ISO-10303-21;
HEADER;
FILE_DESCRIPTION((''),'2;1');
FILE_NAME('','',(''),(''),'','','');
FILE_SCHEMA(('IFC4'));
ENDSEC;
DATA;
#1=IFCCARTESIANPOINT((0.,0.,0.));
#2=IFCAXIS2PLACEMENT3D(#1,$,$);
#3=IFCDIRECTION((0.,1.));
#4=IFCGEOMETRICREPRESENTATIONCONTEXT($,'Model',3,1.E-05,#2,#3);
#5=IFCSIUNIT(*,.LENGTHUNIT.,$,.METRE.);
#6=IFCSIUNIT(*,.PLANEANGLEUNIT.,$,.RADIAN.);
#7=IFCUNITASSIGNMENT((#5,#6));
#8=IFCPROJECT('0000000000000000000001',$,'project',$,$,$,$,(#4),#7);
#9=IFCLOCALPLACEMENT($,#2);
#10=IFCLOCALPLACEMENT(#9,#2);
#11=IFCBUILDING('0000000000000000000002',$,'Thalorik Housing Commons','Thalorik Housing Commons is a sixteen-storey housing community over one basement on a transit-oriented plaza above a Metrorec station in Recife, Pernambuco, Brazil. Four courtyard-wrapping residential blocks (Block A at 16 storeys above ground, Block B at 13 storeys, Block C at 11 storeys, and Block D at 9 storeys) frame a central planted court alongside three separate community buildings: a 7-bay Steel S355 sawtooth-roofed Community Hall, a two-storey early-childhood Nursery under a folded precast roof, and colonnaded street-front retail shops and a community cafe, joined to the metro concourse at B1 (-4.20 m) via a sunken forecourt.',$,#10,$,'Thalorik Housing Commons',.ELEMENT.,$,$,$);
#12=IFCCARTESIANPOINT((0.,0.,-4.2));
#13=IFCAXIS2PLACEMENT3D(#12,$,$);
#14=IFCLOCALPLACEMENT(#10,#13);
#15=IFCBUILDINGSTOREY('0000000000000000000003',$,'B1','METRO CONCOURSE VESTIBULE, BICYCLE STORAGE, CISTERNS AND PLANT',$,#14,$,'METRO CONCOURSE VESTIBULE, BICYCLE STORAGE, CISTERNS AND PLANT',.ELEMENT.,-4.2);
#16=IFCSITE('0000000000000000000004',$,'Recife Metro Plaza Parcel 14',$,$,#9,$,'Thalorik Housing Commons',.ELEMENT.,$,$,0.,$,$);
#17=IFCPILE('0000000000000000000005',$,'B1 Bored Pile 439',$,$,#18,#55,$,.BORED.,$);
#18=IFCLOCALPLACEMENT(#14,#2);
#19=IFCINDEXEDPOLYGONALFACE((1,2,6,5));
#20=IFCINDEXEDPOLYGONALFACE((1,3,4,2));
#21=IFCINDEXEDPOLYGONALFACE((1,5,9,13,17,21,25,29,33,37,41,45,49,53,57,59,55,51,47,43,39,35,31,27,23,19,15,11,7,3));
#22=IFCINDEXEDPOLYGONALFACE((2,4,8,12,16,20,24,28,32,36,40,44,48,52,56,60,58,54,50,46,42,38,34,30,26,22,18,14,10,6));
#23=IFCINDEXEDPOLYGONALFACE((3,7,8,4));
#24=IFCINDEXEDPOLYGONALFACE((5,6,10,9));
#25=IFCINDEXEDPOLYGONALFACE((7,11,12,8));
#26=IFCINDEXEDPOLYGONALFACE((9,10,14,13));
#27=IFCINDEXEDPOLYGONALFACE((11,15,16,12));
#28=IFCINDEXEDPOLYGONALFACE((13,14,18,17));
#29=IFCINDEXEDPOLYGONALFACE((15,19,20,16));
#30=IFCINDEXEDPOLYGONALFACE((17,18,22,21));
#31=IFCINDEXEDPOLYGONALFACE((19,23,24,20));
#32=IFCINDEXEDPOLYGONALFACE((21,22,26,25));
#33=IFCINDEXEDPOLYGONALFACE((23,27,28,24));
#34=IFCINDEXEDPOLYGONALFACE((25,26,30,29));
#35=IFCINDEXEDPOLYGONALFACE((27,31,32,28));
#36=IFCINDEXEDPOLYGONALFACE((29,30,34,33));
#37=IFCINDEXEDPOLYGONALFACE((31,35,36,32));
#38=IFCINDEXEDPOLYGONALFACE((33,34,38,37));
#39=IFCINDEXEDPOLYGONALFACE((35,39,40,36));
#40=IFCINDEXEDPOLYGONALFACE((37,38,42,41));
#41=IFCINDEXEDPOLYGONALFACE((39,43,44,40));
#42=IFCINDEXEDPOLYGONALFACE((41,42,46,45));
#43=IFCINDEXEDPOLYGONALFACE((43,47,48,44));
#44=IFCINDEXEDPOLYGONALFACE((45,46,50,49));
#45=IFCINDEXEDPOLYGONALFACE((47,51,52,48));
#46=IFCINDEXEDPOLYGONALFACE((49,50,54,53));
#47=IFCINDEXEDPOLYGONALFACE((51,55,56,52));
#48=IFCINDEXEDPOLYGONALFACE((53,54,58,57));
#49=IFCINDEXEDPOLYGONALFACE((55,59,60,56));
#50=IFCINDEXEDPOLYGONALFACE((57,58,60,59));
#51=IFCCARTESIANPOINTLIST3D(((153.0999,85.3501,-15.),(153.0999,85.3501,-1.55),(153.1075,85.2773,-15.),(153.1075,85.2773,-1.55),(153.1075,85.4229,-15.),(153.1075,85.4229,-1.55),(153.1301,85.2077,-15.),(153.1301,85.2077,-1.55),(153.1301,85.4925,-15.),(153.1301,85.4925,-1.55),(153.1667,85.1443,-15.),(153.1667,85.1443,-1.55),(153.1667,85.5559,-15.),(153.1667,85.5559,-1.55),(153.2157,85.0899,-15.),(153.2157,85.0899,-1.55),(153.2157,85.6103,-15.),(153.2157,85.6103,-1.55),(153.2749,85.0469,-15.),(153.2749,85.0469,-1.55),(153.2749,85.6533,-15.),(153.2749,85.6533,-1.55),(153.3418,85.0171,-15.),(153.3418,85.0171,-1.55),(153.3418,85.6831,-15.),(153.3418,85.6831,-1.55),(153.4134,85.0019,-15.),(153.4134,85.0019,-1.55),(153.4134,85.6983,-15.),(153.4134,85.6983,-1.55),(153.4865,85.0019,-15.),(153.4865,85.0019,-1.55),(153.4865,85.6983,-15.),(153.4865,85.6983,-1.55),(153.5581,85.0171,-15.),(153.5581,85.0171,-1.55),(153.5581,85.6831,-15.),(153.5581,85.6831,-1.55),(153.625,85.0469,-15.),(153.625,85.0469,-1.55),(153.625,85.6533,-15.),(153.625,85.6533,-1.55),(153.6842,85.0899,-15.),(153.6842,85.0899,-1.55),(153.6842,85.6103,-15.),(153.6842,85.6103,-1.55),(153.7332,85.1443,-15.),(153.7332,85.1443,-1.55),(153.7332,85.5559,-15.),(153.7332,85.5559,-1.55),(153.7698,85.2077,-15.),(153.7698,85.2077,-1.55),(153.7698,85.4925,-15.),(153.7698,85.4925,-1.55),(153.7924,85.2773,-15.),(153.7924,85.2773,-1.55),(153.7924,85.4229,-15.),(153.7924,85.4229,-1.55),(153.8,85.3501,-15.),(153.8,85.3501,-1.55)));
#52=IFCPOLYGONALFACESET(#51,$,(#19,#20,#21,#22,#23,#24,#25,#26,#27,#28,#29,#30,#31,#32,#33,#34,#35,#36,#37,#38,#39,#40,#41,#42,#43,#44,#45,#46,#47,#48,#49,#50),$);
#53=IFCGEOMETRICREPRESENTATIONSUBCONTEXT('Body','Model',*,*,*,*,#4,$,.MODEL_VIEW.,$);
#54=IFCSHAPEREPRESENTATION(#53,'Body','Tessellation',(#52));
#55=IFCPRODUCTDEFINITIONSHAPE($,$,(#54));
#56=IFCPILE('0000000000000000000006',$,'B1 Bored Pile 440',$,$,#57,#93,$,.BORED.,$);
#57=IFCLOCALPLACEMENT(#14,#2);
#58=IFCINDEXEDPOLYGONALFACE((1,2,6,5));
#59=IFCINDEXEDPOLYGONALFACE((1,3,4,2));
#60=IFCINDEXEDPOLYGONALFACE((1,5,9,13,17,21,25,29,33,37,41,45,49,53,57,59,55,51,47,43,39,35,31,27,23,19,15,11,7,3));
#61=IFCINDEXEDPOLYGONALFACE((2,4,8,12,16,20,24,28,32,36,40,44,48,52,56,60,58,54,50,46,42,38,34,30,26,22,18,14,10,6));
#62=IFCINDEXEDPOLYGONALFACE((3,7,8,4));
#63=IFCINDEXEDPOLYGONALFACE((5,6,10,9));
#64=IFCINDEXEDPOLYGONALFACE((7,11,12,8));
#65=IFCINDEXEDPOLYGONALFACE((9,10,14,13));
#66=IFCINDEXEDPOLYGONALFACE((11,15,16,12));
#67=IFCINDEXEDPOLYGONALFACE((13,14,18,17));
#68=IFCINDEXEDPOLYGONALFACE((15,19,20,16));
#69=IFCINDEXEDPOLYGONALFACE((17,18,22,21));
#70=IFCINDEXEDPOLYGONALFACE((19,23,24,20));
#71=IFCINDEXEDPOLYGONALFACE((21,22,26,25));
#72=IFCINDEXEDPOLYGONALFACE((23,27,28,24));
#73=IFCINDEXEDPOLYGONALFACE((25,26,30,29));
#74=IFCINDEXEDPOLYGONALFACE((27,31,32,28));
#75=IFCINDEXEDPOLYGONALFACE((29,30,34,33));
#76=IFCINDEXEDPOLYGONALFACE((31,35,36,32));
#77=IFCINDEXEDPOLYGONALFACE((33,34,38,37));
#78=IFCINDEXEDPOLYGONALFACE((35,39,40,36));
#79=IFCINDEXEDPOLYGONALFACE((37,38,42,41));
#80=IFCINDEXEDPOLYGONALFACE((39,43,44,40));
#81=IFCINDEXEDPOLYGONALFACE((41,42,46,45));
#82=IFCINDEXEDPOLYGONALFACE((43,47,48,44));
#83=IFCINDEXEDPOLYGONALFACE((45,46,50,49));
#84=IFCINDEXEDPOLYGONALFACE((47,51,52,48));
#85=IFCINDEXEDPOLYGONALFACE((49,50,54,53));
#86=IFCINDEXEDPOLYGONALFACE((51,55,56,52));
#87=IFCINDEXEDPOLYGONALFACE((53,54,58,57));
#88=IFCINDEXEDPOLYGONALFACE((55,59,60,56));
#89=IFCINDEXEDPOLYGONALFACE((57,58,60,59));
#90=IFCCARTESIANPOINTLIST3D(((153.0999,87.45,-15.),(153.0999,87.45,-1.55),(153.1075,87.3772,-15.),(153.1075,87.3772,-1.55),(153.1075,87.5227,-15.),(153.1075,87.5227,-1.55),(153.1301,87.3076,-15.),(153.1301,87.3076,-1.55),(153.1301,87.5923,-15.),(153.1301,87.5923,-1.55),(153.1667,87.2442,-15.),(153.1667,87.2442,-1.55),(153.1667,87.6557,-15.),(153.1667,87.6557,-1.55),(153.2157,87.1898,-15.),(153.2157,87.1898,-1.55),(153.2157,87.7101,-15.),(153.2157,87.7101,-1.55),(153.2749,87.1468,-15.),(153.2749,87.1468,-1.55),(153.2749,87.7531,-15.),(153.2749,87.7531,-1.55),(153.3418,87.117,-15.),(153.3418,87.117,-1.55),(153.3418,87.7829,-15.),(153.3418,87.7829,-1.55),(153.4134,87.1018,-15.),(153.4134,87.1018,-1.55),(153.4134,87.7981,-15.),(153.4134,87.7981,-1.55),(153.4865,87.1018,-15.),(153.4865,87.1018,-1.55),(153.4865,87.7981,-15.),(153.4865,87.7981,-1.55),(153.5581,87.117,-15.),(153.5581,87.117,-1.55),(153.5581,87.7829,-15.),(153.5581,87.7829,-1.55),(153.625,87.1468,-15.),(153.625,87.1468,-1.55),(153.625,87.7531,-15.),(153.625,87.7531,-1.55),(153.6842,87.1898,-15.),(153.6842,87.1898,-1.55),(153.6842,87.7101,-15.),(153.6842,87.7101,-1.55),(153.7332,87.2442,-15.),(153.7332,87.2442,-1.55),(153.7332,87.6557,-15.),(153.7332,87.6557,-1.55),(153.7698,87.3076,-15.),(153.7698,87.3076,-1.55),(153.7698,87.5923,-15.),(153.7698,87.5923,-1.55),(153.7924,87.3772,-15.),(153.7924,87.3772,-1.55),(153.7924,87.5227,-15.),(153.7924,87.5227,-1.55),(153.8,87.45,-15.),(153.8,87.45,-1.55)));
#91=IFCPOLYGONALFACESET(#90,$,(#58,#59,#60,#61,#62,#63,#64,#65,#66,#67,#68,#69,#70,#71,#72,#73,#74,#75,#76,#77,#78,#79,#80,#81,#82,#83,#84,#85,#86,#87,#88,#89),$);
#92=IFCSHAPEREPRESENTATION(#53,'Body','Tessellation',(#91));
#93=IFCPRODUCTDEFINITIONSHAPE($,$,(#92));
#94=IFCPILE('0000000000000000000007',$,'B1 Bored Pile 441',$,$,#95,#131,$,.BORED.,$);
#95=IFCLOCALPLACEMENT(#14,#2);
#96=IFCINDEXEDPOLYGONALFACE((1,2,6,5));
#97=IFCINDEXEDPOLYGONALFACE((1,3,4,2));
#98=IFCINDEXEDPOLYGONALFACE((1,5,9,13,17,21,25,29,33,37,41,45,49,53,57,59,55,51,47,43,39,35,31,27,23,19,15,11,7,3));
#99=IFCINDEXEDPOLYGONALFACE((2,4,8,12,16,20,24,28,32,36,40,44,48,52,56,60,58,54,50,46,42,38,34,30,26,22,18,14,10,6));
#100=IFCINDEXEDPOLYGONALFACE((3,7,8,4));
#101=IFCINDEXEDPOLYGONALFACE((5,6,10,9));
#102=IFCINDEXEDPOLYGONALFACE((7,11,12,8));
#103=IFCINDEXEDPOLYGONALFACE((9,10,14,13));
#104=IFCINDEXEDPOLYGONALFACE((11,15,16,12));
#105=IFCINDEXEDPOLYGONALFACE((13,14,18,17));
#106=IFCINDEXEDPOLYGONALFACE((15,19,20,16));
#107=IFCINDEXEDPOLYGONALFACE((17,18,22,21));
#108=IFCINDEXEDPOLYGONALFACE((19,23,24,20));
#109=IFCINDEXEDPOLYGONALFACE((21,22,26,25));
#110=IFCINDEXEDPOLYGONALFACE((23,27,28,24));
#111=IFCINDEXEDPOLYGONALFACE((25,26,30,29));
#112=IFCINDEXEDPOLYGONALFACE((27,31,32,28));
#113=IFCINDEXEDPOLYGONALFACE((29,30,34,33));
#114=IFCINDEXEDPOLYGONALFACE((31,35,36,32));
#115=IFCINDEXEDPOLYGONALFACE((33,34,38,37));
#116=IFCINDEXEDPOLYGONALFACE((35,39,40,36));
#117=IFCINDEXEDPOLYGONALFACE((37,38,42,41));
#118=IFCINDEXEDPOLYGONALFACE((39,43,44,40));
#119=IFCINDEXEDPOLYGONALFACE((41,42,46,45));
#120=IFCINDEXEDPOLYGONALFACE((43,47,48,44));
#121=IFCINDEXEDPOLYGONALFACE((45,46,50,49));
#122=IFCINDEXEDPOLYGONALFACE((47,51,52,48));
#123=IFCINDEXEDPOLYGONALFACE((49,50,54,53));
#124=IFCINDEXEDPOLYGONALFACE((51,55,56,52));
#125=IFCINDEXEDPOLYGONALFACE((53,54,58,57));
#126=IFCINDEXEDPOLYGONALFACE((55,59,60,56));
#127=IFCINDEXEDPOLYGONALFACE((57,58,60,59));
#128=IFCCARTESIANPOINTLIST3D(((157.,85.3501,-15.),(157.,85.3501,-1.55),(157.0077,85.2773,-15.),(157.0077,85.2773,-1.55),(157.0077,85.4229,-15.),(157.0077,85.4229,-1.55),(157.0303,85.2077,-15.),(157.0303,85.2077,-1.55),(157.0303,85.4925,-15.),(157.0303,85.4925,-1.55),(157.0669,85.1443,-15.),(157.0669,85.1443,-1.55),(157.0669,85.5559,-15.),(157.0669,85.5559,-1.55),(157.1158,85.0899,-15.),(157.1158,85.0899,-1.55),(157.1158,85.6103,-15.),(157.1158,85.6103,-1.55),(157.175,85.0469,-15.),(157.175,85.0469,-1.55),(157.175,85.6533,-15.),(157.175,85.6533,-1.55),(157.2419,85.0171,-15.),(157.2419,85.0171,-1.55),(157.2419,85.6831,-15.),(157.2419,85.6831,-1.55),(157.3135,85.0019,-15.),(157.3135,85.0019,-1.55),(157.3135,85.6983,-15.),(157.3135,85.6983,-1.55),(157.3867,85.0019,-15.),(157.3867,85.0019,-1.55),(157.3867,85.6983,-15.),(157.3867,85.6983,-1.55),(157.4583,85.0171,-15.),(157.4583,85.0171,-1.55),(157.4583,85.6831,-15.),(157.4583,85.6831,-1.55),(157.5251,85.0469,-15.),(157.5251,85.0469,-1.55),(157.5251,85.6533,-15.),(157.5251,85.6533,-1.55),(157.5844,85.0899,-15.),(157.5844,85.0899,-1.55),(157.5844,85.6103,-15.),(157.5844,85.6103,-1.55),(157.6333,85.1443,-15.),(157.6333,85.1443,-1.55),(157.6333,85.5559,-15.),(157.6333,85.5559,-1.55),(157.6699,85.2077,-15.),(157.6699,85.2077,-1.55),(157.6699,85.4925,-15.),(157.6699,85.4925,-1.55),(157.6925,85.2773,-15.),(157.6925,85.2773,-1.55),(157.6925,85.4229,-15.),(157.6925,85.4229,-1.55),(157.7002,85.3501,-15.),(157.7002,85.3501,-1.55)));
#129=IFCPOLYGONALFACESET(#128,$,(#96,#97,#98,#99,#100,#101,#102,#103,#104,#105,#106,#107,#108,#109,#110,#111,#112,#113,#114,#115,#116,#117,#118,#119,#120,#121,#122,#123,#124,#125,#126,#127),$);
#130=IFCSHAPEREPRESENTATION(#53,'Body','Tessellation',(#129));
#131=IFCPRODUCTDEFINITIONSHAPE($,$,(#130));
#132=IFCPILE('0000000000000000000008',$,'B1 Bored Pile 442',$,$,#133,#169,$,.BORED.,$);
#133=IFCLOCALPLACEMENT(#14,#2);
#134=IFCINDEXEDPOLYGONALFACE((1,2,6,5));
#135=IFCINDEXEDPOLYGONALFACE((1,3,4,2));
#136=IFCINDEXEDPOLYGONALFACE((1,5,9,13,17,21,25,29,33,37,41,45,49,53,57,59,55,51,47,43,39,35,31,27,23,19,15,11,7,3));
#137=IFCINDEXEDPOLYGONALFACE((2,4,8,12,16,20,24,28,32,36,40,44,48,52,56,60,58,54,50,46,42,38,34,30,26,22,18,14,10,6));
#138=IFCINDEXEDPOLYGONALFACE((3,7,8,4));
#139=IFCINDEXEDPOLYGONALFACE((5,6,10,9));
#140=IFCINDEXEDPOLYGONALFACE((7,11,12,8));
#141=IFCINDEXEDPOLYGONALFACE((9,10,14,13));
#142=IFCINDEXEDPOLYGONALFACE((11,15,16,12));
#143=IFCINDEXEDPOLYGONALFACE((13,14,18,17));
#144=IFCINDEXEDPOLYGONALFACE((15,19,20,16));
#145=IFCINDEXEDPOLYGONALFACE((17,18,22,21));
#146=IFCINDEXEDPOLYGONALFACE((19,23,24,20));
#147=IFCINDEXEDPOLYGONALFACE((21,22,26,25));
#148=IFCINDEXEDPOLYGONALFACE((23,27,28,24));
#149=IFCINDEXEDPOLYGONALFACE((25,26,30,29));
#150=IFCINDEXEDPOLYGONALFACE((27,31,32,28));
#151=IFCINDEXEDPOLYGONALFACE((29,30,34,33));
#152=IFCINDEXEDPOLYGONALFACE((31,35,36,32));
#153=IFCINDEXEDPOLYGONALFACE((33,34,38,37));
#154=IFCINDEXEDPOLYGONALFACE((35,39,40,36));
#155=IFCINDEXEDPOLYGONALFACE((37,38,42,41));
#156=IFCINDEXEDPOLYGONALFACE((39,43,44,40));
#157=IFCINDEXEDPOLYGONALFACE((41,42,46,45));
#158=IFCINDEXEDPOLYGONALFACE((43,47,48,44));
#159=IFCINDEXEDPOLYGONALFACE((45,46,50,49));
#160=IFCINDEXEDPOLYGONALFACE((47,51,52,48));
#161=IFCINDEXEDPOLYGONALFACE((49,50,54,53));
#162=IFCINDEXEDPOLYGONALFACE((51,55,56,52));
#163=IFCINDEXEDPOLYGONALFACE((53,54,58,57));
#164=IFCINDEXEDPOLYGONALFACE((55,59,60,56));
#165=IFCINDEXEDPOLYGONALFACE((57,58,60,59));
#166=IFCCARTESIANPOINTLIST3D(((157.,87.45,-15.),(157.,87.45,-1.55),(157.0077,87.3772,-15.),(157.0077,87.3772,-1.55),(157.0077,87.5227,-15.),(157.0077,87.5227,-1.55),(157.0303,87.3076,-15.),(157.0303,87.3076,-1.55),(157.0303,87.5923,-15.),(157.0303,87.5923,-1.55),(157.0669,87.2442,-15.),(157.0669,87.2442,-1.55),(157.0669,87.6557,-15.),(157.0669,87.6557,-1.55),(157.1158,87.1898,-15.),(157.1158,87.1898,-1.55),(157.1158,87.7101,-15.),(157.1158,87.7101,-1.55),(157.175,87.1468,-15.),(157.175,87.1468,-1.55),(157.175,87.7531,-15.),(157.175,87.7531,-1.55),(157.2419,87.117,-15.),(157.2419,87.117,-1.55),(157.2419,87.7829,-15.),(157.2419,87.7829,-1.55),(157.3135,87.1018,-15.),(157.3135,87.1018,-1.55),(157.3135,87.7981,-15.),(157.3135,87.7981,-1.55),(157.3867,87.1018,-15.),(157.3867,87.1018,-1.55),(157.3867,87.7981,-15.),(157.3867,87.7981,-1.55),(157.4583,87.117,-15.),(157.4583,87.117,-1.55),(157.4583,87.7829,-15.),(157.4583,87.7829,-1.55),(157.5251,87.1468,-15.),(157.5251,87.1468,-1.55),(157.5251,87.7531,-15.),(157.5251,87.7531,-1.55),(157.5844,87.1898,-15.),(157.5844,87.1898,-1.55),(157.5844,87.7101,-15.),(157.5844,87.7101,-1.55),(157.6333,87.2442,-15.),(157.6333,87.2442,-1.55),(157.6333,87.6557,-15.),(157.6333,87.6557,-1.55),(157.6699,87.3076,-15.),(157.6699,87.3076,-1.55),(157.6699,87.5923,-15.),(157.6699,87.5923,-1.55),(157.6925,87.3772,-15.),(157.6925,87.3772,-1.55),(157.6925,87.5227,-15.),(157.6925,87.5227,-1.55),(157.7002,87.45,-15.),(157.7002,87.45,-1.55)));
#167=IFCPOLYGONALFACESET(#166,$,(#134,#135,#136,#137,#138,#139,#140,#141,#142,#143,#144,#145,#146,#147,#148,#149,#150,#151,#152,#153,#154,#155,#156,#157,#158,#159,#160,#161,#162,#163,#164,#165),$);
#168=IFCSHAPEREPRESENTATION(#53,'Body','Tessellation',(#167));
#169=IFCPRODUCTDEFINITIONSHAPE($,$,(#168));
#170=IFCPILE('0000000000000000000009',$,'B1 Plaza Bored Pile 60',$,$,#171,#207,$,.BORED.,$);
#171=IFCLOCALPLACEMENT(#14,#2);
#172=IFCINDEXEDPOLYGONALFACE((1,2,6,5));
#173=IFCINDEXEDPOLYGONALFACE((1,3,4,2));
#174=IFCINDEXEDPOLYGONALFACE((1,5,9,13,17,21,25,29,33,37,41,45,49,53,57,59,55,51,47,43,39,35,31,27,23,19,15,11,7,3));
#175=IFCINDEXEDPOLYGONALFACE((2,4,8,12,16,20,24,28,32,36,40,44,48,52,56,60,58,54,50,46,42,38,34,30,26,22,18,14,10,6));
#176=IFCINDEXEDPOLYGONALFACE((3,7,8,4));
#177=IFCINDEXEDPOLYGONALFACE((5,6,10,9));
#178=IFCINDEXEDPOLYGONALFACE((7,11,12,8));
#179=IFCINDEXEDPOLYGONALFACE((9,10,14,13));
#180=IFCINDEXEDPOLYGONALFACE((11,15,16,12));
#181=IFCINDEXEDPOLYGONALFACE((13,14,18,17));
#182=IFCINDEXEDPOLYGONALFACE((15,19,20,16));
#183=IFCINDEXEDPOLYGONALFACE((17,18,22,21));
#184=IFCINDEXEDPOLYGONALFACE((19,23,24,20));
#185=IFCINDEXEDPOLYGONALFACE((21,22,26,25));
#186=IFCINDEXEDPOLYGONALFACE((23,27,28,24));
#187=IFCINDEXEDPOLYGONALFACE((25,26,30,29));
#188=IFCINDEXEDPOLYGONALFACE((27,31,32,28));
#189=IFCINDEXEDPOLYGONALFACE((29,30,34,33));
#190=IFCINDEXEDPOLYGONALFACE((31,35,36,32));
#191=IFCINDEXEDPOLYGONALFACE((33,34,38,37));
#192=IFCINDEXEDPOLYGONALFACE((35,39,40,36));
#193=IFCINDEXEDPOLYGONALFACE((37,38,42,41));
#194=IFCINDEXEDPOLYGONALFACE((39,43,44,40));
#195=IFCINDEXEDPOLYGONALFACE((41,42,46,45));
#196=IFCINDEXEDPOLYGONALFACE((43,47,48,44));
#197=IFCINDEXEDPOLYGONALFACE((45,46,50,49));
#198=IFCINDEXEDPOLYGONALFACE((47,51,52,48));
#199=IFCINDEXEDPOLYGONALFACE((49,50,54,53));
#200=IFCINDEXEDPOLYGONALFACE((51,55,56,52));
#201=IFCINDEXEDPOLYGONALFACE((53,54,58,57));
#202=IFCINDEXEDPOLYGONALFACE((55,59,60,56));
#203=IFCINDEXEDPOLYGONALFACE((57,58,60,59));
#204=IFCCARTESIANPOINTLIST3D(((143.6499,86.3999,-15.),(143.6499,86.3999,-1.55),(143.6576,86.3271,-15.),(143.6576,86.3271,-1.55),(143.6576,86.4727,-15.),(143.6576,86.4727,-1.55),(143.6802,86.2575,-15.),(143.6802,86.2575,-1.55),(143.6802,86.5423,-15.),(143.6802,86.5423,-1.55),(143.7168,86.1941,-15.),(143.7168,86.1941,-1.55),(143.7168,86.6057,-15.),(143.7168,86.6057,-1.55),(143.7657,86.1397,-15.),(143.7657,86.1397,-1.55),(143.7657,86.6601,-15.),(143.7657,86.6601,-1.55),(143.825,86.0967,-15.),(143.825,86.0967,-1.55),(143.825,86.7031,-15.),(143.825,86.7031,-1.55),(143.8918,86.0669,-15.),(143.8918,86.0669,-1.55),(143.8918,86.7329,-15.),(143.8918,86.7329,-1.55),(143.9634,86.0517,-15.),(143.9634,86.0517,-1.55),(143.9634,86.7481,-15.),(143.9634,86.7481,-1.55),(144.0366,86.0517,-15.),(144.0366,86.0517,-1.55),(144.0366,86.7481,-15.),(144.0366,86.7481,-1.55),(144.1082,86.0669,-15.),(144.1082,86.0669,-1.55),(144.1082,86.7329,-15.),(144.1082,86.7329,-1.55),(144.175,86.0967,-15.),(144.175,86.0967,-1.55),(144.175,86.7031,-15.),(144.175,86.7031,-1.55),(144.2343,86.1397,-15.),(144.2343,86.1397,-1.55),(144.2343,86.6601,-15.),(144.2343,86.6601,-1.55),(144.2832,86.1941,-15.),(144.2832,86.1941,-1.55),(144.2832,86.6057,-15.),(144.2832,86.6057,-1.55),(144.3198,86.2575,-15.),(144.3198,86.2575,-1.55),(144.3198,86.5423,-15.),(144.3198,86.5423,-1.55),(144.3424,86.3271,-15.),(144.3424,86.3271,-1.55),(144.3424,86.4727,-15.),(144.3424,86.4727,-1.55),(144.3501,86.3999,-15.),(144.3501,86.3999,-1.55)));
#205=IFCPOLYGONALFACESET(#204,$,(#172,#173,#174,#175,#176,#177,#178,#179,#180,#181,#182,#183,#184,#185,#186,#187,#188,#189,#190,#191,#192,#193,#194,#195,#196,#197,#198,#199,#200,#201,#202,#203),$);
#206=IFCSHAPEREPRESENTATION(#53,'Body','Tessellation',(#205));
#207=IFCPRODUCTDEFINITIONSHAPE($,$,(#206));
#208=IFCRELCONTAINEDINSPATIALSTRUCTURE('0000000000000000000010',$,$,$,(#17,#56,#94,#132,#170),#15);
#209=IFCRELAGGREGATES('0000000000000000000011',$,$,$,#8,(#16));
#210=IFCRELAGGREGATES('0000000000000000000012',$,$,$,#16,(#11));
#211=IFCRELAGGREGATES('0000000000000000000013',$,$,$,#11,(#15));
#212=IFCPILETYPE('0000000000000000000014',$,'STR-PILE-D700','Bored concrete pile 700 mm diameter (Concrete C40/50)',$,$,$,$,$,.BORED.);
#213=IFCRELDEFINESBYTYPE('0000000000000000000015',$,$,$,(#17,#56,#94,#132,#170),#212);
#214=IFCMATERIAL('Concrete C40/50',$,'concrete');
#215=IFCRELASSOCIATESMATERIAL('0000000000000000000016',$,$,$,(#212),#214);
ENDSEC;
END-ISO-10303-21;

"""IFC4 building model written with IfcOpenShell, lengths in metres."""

from ifc_helpers import new_model, si_unit, direction, frame, origin, origin_2d, place, context, subcontext, project, spatial, circle, extrude, material, material_profile, profile_set, type_object, element, save


model = new_model("IFC4")

# Units and contexts
model_context = context("Model", 3, precision=1e-05, world=origin(), true_north=direction((0.0, 1.0)))
body_context = subcontext(model_context, "Body", "Model", "MODEL_VIEW")
ifc_project = project(units=[si_unit("LENGTHUNIT", "METRE"), si_unit("PLANEANGLEUNIT", "RADIAN")], contexts=[model_context])

# Site, building, storey
site_placement = place(None, origin())
site = spatial("IfcSite", under=ifc_project, at=site_placement, Name="Recife Metro Plaza Parcel 14", LongName="Thalorik Housing Commons", CompositionType="ELEMENT", RefElevation=0.0)
building_placement = place(site_placement, origin())
building = spatial("IfcBuilding", under=site, at=building_placement, Name="Thalorik Housing Commons", Description="Thalorik Housing Commons is a sixteen-storey housing community over one basement on a transit-oriented plaza above a Metrorec station in Recife, Pernambuco, Brazil. Four courtyard-wrapping residential blocks (Block A at 16 storeys above ground, Block B at 13 storeys, Block C at 11 storeys, and Block D at 9 storeys) frame a central planted court alongside three separate community buildings: a 7-bay Steel S355 sawtooth-roofed Community Hall, a two-storey early-childhood Nursery under a folded precast roof, and colonnaded street-front retail shops and a community cafe, joined to the metro concourse at B1 (-4.20 m) via a sunken forecourt.", LongName="Thalorik Housing Commons", CompositionType="ELEMENT")
storey_placement = place(building_placement, frame((0.0, 0.0, -4.2)))
storey = spatial("IfcBuildingStorey", under=building, at=storey_placement, Name="B1", Description="METRO CONCOURSE VESTIBULE, BICYCLE STORAGE, CISTERNS AND PLANT", LongName="METRO CONCOURSE VESTIBULE, BICYCLE STORAGE, CISTERNS AND PLANT", CompositionType="ELEMENT", Elevation=-4.2)

# Shared definitions
ifc_material_1 = material(Name="Concrete C40/50", Category="concrete")

# Piles
ifc_material_profile_1 = material_profile(ifc_material_1, circle(Radius=0.3501, at=origin_2d()), Name="BORED PILE D700", Category="concrete")
ifc_profile_set_1 = profile_set([ifc_material_profile_1], Name="Concrete C40/50")
pile_type = type_object("IfcPileType", Name="STR-PILE-D700", Description="Bored concrete pile 700 mm diameter (Concrete C40/50)", PredefinedType="BORED", material=ifc_profile_set_1)
for number, where, z_axis, x_axis, name in (
    (1, (153.45, 85.3501, -1.55), (0.0, 0.0, -1.0), (1.0, 0.0, 0.0), "B1 Bored Pile 439"),
    (2, (153.45, 87.45, -1.55), (0.0, 0.0, -1.0), (1.0, 0.0, 0.0), "B1 Bored Pile 440"),
    (3, (157.3501, 85.3501, -1.55), (0.0, 0.0, -1.0), (1.0, 0.0, 0.0), "B1 Bored Pile 441"),
    (4, (157.3501, 87.45, -1.55), (0.0, 0.0, -1.0), (1.0, 0.0, 0.0), "B1 Bored Pile 442"),
    (5, (144.0, 86.3999, -1.55), (0.0, 0.0, -1.0), (1.0, 0.0, 0.0), "B1 Plaza Bored Pile 60"),
):
    element("IfcPile", number, at=place(storey_placement, frame(where, z_axis=z_axis, x_axis=x_axis)), inside=storey, type_object=pile_type, Name=name, PredefinedType="BORED", context=body_context, shape_type="SweptSolid", body=[
        extrude(circle(Radius=0.3501, at=origin_2d()), origin(), (0.0, 0.0, 1.0), 13.45),
    ])

save(model, "model.ifc")
